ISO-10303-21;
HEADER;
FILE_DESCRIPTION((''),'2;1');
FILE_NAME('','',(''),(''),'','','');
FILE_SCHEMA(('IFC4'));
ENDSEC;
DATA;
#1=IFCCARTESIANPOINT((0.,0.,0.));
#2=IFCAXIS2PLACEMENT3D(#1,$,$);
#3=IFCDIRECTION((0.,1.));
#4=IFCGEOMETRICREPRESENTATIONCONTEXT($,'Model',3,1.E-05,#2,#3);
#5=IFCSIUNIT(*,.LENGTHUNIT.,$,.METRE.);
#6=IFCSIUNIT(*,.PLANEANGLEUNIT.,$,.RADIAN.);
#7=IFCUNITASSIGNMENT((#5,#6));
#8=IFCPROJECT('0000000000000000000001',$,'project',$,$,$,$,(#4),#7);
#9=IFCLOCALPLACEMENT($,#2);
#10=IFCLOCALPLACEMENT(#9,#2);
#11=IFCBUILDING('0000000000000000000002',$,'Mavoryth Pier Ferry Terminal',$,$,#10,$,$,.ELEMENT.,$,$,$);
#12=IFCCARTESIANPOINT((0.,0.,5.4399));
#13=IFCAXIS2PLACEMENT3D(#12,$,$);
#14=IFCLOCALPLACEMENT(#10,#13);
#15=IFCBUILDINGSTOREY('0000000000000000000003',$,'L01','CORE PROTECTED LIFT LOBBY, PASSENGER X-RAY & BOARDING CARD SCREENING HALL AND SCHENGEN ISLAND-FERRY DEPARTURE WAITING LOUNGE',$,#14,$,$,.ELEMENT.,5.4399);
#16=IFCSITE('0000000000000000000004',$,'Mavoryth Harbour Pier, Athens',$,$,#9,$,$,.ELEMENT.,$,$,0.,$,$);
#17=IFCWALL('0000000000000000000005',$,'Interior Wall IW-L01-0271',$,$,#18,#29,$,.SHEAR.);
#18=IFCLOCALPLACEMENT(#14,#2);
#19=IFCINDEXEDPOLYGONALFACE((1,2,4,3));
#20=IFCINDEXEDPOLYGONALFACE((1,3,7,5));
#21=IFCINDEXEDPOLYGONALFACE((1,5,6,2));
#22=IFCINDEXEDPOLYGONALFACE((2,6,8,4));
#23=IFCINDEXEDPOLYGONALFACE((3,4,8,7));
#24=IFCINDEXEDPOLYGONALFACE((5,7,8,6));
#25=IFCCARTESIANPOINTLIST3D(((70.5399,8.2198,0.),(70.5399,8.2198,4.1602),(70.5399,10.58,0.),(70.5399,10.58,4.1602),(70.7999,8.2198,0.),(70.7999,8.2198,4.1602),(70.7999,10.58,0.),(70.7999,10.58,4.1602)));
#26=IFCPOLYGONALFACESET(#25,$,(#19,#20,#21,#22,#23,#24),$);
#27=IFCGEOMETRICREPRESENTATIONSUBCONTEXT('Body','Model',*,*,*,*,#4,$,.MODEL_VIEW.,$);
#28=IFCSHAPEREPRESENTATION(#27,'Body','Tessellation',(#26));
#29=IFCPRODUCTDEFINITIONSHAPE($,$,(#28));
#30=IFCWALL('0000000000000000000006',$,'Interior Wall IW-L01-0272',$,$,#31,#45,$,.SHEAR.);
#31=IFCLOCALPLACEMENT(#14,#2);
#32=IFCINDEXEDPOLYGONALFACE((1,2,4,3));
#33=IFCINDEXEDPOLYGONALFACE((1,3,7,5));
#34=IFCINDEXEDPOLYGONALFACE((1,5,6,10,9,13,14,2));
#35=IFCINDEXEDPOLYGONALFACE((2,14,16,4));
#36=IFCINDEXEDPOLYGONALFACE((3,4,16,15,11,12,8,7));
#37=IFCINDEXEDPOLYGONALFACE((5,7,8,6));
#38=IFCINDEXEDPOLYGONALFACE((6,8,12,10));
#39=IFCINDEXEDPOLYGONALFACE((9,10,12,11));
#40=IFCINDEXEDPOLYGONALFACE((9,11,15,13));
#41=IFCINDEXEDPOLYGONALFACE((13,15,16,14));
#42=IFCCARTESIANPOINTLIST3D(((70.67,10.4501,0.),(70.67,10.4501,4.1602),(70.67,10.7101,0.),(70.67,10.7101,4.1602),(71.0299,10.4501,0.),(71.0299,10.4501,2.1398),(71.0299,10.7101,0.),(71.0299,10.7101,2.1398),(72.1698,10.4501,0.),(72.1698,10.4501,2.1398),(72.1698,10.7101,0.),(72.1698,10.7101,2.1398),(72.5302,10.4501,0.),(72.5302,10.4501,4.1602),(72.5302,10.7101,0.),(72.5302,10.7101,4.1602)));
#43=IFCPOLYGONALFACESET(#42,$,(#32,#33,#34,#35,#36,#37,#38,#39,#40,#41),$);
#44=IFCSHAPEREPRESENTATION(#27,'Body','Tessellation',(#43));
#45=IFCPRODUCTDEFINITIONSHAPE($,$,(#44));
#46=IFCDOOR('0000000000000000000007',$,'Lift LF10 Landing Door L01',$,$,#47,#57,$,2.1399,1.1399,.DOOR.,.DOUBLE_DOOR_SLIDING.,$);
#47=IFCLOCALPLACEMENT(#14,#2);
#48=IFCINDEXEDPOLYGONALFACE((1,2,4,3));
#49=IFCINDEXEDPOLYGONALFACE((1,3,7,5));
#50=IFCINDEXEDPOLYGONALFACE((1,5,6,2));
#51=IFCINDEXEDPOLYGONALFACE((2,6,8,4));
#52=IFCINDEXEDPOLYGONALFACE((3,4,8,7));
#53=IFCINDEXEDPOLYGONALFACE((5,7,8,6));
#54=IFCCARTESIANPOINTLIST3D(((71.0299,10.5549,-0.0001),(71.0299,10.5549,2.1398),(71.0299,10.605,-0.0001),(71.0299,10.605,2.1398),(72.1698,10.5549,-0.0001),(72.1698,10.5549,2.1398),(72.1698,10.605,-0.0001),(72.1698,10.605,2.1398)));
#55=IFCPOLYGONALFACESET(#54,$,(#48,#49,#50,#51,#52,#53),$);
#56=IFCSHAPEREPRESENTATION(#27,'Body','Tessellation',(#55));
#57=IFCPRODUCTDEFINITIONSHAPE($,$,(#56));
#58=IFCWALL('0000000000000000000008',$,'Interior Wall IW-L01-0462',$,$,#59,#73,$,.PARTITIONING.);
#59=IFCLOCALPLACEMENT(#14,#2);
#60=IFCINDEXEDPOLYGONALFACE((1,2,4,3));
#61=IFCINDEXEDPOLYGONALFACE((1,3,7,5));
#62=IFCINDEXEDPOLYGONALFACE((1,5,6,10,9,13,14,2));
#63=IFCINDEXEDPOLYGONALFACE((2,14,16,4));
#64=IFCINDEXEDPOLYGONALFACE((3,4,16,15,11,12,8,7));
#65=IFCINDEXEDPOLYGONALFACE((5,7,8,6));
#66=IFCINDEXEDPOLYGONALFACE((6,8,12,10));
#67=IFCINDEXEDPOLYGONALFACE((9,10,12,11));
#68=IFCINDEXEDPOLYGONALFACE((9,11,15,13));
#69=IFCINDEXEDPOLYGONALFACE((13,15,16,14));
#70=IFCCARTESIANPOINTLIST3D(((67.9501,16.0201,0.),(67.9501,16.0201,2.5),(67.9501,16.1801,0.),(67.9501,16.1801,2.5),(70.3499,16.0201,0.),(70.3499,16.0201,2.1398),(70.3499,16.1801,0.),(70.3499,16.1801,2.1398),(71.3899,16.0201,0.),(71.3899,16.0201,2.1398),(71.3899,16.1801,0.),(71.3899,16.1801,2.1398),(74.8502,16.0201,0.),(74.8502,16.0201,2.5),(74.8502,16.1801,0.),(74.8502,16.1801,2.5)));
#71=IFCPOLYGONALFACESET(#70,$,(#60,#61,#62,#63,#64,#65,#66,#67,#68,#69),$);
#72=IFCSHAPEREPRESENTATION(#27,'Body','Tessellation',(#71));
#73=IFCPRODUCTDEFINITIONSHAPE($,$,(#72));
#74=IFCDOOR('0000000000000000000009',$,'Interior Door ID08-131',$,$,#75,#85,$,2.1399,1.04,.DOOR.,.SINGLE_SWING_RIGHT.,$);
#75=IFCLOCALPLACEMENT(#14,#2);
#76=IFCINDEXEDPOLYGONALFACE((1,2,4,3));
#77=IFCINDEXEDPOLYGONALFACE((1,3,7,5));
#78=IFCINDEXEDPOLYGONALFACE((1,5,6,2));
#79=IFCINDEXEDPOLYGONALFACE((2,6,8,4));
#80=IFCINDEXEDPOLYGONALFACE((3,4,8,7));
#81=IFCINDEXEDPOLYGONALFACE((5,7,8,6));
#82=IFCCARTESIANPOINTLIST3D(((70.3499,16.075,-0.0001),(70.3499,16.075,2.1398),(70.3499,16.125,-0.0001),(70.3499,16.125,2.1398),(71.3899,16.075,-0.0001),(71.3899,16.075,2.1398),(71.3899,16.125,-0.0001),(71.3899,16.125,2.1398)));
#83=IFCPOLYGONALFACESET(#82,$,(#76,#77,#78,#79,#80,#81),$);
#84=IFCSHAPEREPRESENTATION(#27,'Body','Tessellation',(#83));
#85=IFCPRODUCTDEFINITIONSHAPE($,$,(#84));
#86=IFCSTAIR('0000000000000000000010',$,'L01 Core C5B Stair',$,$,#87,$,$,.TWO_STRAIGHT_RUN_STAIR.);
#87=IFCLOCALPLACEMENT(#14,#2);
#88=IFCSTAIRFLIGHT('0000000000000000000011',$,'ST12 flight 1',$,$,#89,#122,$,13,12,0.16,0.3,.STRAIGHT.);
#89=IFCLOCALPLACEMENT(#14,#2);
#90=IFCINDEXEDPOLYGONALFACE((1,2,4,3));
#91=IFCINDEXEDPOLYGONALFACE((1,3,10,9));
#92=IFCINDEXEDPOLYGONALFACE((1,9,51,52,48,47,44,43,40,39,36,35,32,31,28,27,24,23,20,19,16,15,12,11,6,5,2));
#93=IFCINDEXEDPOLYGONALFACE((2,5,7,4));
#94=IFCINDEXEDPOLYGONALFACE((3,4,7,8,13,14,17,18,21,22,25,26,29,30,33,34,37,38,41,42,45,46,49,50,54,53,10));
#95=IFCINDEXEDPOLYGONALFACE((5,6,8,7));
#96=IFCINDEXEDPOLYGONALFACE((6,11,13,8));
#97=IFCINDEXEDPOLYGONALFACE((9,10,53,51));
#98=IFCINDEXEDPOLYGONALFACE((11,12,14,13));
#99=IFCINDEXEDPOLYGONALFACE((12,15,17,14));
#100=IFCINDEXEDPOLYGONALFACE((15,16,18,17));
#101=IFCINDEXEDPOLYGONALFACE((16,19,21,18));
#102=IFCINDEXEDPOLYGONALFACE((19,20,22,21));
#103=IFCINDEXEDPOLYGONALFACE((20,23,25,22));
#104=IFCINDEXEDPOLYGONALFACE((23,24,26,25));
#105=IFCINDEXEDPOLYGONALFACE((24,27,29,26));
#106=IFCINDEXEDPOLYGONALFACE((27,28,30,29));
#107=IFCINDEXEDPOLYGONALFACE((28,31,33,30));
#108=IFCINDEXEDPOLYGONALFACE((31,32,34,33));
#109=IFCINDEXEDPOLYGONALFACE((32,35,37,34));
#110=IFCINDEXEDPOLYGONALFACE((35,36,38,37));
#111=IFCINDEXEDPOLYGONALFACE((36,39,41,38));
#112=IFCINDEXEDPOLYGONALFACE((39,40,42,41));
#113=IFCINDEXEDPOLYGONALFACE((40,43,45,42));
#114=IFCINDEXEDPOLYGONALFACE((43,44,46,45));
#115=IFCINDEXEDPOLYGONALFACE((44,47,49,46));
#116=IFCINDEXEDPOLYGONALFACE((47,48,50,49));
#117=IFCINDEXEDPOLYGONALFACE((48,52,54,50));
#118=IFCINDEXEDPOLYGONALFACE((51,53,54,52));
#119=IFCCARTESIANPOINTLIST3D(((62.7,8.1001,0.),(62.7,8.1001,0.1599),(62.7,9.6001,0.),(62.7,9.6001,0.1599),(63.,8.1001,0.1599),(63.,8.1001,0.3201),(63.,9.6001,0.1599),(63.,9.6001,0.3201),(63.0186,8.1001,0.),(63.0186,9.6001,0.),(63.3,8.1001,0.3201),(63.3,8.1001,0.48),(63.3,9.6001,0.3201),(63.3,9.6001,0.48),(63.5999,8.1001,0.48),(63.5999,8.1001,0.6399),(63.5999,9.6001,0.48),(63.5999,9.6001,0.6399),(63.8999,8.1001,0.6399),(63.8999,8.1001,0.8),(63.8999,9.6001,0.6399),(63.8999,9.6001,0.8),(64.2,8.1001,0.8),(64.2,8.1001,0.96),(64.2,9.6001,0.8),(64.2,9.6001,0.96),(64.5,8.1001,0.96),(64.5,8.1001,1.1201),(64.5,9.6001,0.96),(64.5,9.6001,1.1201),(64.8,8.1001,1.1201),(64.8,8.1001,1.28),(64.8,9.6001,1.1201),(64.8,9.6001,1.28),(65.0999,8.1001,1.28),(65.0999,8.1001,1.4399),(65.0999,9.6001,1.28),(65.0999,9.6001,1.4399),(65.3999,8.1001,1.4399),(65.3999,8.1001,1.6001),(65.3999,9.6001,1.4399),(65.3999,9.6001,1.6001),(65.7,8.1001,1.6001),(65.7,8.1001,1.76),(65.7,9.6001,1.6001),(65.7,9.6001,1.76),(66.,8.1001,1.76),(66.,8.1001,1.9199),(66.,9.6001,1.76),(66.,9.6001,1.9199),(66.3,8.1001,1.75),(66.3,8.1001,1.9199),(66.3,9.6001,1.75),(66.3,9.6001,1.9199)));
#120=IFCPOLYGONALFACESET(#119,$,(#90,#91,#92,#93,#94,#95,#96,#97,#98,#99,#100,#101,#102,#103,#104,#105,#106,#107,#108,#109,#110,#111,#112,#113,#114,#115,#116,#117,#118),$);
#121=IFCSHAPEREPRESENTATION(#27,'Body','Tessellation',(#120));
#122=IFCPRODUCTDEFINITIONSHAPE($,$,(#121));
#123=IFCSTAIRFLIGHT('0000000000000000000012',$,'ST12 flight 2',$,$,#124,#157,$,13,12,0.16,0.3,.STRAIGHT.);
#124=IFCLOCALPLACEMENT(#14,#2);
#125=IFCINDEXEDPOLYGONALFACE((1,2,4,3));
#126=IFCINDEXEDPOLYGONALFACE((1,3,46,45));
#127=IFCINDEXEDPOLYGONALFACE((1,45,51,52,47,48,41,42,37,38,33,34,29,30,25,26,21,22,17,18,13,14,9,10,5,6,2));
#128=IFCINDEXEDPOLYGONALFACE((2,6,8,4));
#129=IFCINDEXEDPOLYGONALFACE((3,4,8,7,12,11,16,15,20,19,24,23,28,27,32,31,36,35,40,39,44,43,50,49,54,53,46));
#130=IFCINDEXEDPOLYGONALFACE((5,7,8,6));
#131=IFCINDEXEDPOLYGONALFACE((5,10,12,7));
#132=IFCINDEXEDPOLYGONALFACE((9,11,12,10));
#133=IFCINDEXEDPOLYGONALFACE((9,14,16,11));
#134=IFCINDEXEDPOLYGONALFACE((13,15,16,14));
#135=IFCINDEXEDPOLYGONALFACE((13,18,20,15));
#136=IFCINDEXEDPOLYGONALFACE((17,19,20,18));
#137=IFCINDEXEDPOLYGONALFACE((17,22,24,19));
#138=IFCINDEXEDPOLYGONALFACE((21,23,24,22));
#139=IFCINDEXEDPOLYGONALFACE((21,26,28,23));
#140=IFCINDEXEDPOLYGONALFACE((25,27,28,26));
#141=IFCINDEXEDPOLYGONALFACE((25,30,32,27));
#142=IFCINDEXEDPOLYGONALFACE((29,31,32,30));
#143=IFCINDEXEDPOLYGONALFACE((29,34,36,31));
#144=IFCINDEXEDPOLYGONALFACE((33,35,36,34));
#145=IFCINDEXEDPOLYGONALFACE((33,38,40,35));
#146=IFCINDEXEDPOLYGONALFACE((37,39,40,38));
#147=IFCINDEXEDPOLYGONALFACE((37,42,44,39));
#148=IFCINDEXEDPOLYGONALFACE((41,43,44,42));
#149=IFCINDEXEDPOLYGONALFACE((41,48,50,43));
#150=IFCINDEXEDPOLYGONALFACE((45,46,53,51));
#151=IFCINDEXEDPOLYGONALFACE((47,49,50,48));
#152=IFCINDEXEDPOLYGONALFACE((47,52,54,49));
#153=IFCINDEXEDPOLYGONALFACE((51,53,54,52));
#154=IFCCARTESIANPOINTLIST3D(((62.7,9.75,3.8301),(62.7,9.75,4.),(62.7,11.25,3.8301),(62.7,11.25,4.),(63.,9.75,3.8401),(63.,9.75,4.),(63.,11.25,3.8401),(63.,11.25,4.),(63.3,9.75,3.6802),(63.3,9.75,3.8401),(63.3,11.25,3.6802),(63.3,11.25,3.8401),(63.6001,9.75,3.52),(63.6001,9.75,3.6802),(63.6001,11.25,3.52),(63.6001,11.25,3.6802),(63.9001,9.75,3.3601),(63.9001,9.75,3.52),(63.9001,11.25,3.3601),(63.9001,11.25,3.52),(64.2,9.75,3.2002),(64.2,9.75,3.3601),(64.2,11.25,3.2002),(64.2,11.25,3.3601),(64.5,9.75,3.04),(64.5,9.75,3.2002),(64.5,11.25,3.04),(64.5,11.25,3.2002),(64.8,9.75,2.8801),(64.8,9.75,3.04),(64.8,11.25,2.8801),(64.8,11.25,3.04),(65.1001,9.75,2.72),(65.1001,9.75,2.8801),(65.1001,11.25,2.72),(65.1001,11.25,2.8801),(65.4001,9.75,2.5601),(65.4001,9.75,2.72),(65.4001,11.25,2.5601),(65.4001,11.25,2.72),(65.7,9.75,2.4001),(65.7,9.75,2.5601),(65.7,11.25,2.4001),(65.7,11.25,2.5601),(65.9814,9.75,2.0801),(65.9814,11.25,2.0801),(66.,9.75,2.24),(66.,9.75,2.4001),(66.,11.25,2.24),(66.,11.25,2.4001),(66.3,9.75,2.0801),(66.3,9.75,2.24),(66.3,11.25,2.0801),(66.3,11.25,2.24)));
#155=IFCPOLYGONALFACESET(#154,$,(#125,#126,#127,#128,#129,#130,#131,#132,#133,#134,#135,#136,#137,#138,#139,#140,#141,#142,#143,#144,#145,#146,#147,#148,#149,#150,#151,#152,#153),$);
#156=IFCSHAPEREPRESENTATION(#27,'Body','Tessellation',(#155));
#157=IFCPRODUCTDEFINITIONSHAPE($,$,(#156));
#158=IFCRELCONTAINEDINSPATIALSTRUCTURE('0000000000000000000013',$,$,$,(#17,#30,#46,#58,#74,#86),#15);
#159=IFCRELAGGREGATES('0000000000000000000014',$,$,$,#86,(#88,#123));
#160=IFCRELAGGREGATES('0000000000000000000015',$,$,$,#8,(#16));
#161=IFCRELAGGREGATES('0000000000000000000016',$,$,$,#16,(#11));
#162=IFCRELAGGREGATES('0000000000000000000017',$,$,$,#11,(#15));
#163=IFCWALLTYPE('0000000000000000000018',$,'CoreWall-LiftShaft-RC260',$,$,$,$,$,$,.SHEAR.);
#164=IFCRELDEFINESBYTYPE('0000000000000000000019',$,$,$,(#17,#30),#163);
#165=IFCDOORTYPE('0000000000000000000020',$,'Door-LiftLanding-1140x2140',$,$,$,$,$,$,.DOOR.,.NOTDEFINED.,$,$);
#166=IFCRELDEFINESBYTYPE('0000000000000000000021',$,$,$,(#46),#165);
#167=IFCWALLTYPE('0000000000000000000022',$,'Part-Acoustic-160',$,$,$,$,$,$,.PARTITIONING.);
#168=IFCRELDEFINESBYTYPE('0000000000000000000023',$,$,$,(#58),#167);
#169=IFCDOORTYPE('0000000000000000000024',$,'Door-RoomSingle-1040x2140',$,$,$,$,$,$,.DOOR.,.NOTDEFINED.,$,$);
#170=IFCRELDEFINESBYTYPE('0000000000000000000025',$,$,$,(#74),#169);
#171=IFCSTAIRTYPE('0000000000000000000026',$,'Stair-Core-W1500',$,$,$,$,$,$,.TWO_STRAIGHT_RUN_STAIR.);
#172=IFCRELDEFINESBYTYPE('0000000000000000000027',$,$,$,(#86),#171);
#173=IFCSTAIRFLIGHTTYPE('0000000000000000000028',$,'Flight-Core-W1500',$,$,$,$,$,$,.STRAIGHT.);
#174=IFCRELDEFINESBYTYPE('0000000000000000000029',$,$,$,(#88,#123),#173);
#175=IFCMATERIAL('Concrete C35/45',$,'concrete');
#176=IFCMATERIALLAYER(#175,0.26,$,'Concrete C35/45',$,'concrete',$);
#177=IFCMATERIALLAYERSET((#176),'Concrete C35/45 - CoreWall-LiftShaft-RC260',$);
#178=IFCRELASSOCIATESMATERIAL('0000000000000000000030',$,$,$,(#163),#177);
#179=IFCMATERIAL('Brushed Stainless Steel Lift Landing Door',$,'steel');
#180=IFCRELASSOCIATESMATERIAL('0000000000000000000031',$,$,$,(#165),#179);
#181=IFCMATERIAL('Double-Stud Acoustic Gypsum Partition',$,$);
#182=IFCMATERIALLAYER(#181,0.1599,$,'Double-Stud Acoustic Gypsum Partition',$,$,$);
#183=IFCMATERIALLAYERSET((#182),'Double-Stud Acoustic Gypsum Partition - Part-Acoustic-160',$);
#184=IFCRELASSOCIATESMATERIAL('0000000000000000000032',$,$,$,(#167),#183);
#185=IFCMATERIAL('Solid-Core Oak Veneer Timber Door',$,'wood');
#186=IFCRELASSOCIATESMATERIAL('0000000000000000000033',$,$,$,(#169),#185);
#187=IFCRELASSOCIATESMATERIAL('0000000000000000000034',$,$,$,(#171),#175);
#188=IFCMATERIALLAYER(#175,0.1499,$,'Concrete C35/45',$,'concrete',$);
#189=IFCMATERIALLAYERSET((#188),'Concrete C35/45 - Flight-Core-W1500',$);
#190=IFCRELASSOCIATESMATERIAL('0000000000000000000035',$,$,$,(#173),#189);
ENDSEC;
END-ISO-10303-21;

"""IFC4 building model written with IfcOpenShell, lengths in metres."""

from ifc_helpers import new_model, si_unit, direction, frame, frame_2d, origin, place, context, subcontext, project, spatial, polyline, rectangle, outline, extrude, material, layer, layer_set, type_object, element, fill, aggregate, save


model = new_model("IFC4")

# Units and contexts
model_context = context("Model", 3, precision=1e-05, world=origin(), true_north=direction((0.0, 1.0)))
body_context = subcontext(model_context, "Body", "Model", "MODEL_VIEW")
ifc_project = project(units=[si_unit("LENGTHUNIT", "METRE"), si_unit("PLANEANGLEUNIT", "RADIAN")], contexts=[model_context])

# Site, building, storey
site_placement = place(None, origin())
site = spatial("IfcSite", under=ifc_project, at=site_placement, Name="Mavoryth Harbour Pier, Athens", CompositionType="ELEMENT", RefElevation=0.0)
building_placement = place(site_placement, origin())
building = spatial("IfcBuilding", under=site, at=building_placement, Name="Mavoryth Pier Ferry Terminal", CompositionType="ELEMENT")
storey_placement = place(building_placement, frame((0.0, 0.0, 5.4399)))
storey = spatial("IfcBuildingStorey", under=building, at=storey_placement, Name="L01", Description="CORE PROTECTED LIFT LOBBY, PASSENGER X-RAY & BOARDING CARD SCREENING HALL AND SCHENGEN ISLAND-FERRY DEPARTURE WAITING LOUNGE", CompositionType="ELEMENT", Elevation=5.4399)

# Shared definitions
ifc_material_1 = material(Name="Concrete C35/45", Category="concrete")

# Wall
ifc_layer_1 = layer(ifc_material_1, 0.26, Name="Concrete C35/45", Category="concrete")
ifc_layer_set_1 = layer_set([ifc_layer_1], Name="Concrete C35/45 - CoreWall-LiftShaft-RC260")
wall_type_1 = type_object("IfcWallType", Name="CoreWall-LiftShaft-RC260", PredefinedType="SHEAR", material=ifc_layer_set_1)
wall_1_placement = place(storey_placement, frame((70.6699, 10.5801, 0.0), z_axis=(0.0, 0.0, 1.0), x_axis=(0.0, -1.0, 0.0)))
element("IfcWall", 1, at=wall_1_placement, inside=storey, type_object=wall_type_1, Name="Interior Wall IW-L01-0271", PredefinedType="SHEAR", context=body_context, shape_type="SweptSolid", body=[
    extrude(rectangle(XDim=2.3601, YDim=0.26, at=frame_2d((1.1802, 0.0))), origin(), (0.0, 0.0, 1.0), 4.1602),
])

# Walls, openings, doors
wall_2_placement = place(storey_placement, frame((70.6699, 10.5801, 0.0), z_axis=(0.0, 0.0, 1.0), x_axis=(1.0, 0.0, 0.0)))
wall_2 = element("IfcWall", 2, at=wall_2_placement, inside=storey, type_object=wall_type_1, Name="Interior Wall IW-L01-0272", PredefinedType="SHEAR", context=body_context, shape_type="SweptSolid", body=[
    extrude(rectangle(XDim=1.8601, YDim=0.26, at=frame_2d((0.9302, 0.0))), origin(), (0.0, 0.0, 1.0), 4.1602),
])
opening_1_placement = place(wall_2_placement, frame((0.3601, 0.0, 0.0)))
opening_1 = element("IfcOpeningElement", 3, at=opening_1_placement, cuts=wall_2, PredefinedType="OPENING", context=body_context, shape_type="SweptSolid", body=[
    extrude(rectangle(XDim=1.1399, YDim=2.1399, at=frame_2d((0.5698, 1.0698))), frame((0.0, 0.1399, 0.0), z_axis=(0.0, -1.0, 0.0), x_axis=(1.0, 0.0, 0.0)), (0.0, 0.0, 1.0), 0.28),
])
ifc_material_2 = material(Name="Brushed Stainless Steel Lift Landing Door", Category="steel")
door_type_1 = type_object("IfcDoorType", Name="Door-LiftLanding-1140x2140", OperationType="NOTDEFINED", PredefinedType="DOOR", material=ifc_material_2)
door_1_placement = place(opening_1_placement, origin())
door_1 = element("IfcDoor", 4, at=door_1_placement, inside=storey, type_object=door_type_1, Name="Lift LF10 Landing Door L01", OperationType="DOUBLE_DOOR_SLIDING", OverallHeight=2.1399, OverallWidth=1.1399, PredefinedType="DOOR", context=body_context, shape_type="SweptSolid", body=[
    extrude(rectangle(XDim=1.1399, YDim=2.1399, at=frame_2d((0.5698, 1.0698))), frame((0.0, 0.0249, 0.0), z_axis=(0.0, -1.0, 0.0), x_axis=(1.0, 0.0, 0.0)), (0.0, 0.0, 1.0), 0.05),
])
fill(opening_1, door_1)
ifc_material_3 = material(Name="Double-Stud Acoustic Gypsum Partition")
ifc_layer_2 = layer(ifc_material_3, 0.1599, Name="Double-Stud Acoustic Gypsum Partition")
ifc_layer_set_2 = layer_set([ifc_layer_2], Name="Double-Stud Acoustic Gypsum Partition - Part-Acoustic-160")
wall_type_2 = type_object("IfcWallType", Name="Part-Acoustic-160", PredefinedType="PARTITIONING", material=ifc_layer_set_2)
wall_3_placement = place(storey_placement, frame((67.95, 16.1001, 0.0), z_axis=(0.0, 0.0, 1.0), x_axis=(1.0, 0.0, 0.0)))
wall_3 = element("IfcWall", 5, at=wall_3_placement, inside=storey, type_object=wall_type_2, Name="Interior Wall IW-L01-0462", PredefinedType="PARTITIONING", context=body_context, shape_type="SweptSolid", body=[
    extrude(rectangle(XDim=6.9001, YDim=0.1599, at=frame_2d((3.4502, 0.0))), origin(), (0.0, 0.0, 1.0), 2.5),
])
opening_2_placement = place(wall_3_placement, frame((2.3999, 0.0, 0.0)))
opening_2 = element("IfcOpeningElement", 6, at=opening_2_placement, cuts=wall_3, PredefinedType="OPENING", context=body_context, shape_type="SweptSolid", body=[
    extrude(rectangle(XDim=1.04, YDim=2.1399, at=frame_2d((0.52, 1.0698))), frame((0.0, 0.0898, 0.0), z_axis=(0.0, -1.0, 0.0), x_axis=(1.0, 0.0, 0.0)), (0.0, 0.0, 1.0), 0.1799),
])
ifc_material_4 = material(Name="Solid-Core Oak Veneer Timber Door", Category="wood")
door_type_2 = type_object("IfcDoorType", Name="Door-RoomSingle-1040x2140", OperationType="NOTDEFINED", PredefinedType="DOOR", material=ifc_material_4)
door_2_placement = place(opening_2_placement, origin())
door_2 = element("IfcDoor", 7, at=door_2_placement, inside=storey, type_object=door_type_2, Name="Interior Door ID08-131", OperationType="SINGLE_SWING_RIGHT", OverallHeight=2.1399, OverallWidth=1.04, PredefinedType="DOOR", context=body_context, shape_type="SweptSolid", body=[
    extrude(rectangle(XDim=1.04, YDim=2.1399, at=frame_2d((0.52, 1.0698))), frame((0.0, 0.0249, 0.0), z_axis=(0.0, -1.0, 0.0), x_axis=(1.0, 0.0, 0.0)), (0.0, 0.0, 1.0), 0.05),
])
fill(opening_2, door_2)

# Stair, stair flights
stair_type = type_object("IfcStairType", Name="Stair-Core-W1500", PredefinedType="TWO_STRAIGHT_RUN_STAIR", material=ifc_material_1)
stair_placement = place(storey_placement, origin())
stair = element("IfcStair", 8, at=stair_placement, inside=storey, type_object=stair_type, Name="L01 Core C5B Stair", PredefinedType="TWO_STRAIGHT_RUN_STAIR")
ifc_layer_3 = layer(ifc_material_1, 0.1499, Name="Concrete C35/45", Category="concrete")
ifc_layer_set_3 = layer_set([ifc_layer_3], Name="Concrete C35/45 - Flight-Core-W1500")
stair_flight_type = type_object("IfcStairFlightType", Name="Flight-Core-W1500", PredefinedType="STRAIGHT", material=ifc_layer_set_3)
stair_flight_1_placement = place(storey_placement, frame((62.7, 8.8501, 0.0), z_axis=(0.0, 0.0, 1.0), x_axis=(1.0, 0.0, 0.0)))
stair_flight_1 = element("IfcStairFlight", 9, at=stair_flight_1_placement, type_object=stair_flight_type, Name="ST12 flight 1", NumberOfRisers=13, NumberOfTreads=12, PredefinedType="STRAIGHT", RiserHeight=0.16, TreadLength=0.3, context=body_context, shape_type="SweptSolid", body=[
    extrude(outline(polyline([(0.0, 0.0), (0.0, 0.1599), (0.3, 0.1599), (0.3, 0.3201), (0.6001, 0.3201), (0.6001, 0.48), (0.8999, 0.48), (0.8999, 0.6399), (1.2, 0.6399), (1.2, 0.8), (1.5, 0.8), (1.5, 0.96), (1.8, 0.96), (1.8, 1.1201), (2.1001, 1.1201), (2.1001, 1.28), (2.3999, 1.28), (2.3999, 1.4399), (2.7, 1.4399), (2.7, 1.6001), (3.0, 1.6001), (3.0, 1.76), (3.3, 1.76), (3.3, 1.9199), (3.6001, 1.9199), (3.6001, 2.0801), (3.6001, 1.75), (0.3186, 0.0), (0.0, 0.0)])), frame((0.0, 0.75, 0.0), z_axis=(0.0, -1.0, 0.0), x_axis=(1.0, 0.0, 0.0)), (0.0, 0.0, 1.0), 1.5),
])
stair_flight_2_placement = place(storey_placement, frame((66.3, 10.5, 2.0801), z_axis=(0.0, 0.0, 1.0), x_axis=(-1.0, 0.0, 0.0)))
stair_flight_2 = element("IfcStairFlight", 10, at=stair_flight_2_placement, type_object=stair_flight_type, Name="ST12 flight 2", NumberOfRisers=13, NumberOfTreads=12, PredefinedType="STRAIGHT", RiserHeight=0.16, TreadLength=0.3, context=body_context, shape_type="SweptSolid", body=[
    extrude(outline(polyline([(0.0, 0.0), (0.0, 0.1599), (0.3, 0.1599), (0.3, 0.3201), (0.6001, 0.3201), (0.6001, 0.48), (0.8999, 0.48), (0.8999, 0.6399), (1.2, 0.6399), (1.2, 0.8), (1.5, 0.8), (1.5, 0.96), (1.8, 0.96), (1.8, 1.1201), (2.1001, 1.1201), (2.1001, 1.28), (2.3999, 1.28), (2.3999, 1.4399), (2.7, 1.4399), (2.7, 1.6001), (3.0, 1.6001), (3.0, 1.76), (3.3, 1.76), (3.3, 1.9199), (3.6001, 1.9199), (3.6001, 2.0801), (3.6001, 1.75), (0.3186, 0.0), (0.0, 0.0)])), frame((0.0, 0.75, 0.0), z_axis=(0.0, -1.0, 0.0), x_axis=(1.0, 0.0, 0.0)), (0.0, 0.0, 1.0), 1.5),
])
aggregate(stair, [stair_flight_1, stair_flight_2])

save(model, "model.ifc")
